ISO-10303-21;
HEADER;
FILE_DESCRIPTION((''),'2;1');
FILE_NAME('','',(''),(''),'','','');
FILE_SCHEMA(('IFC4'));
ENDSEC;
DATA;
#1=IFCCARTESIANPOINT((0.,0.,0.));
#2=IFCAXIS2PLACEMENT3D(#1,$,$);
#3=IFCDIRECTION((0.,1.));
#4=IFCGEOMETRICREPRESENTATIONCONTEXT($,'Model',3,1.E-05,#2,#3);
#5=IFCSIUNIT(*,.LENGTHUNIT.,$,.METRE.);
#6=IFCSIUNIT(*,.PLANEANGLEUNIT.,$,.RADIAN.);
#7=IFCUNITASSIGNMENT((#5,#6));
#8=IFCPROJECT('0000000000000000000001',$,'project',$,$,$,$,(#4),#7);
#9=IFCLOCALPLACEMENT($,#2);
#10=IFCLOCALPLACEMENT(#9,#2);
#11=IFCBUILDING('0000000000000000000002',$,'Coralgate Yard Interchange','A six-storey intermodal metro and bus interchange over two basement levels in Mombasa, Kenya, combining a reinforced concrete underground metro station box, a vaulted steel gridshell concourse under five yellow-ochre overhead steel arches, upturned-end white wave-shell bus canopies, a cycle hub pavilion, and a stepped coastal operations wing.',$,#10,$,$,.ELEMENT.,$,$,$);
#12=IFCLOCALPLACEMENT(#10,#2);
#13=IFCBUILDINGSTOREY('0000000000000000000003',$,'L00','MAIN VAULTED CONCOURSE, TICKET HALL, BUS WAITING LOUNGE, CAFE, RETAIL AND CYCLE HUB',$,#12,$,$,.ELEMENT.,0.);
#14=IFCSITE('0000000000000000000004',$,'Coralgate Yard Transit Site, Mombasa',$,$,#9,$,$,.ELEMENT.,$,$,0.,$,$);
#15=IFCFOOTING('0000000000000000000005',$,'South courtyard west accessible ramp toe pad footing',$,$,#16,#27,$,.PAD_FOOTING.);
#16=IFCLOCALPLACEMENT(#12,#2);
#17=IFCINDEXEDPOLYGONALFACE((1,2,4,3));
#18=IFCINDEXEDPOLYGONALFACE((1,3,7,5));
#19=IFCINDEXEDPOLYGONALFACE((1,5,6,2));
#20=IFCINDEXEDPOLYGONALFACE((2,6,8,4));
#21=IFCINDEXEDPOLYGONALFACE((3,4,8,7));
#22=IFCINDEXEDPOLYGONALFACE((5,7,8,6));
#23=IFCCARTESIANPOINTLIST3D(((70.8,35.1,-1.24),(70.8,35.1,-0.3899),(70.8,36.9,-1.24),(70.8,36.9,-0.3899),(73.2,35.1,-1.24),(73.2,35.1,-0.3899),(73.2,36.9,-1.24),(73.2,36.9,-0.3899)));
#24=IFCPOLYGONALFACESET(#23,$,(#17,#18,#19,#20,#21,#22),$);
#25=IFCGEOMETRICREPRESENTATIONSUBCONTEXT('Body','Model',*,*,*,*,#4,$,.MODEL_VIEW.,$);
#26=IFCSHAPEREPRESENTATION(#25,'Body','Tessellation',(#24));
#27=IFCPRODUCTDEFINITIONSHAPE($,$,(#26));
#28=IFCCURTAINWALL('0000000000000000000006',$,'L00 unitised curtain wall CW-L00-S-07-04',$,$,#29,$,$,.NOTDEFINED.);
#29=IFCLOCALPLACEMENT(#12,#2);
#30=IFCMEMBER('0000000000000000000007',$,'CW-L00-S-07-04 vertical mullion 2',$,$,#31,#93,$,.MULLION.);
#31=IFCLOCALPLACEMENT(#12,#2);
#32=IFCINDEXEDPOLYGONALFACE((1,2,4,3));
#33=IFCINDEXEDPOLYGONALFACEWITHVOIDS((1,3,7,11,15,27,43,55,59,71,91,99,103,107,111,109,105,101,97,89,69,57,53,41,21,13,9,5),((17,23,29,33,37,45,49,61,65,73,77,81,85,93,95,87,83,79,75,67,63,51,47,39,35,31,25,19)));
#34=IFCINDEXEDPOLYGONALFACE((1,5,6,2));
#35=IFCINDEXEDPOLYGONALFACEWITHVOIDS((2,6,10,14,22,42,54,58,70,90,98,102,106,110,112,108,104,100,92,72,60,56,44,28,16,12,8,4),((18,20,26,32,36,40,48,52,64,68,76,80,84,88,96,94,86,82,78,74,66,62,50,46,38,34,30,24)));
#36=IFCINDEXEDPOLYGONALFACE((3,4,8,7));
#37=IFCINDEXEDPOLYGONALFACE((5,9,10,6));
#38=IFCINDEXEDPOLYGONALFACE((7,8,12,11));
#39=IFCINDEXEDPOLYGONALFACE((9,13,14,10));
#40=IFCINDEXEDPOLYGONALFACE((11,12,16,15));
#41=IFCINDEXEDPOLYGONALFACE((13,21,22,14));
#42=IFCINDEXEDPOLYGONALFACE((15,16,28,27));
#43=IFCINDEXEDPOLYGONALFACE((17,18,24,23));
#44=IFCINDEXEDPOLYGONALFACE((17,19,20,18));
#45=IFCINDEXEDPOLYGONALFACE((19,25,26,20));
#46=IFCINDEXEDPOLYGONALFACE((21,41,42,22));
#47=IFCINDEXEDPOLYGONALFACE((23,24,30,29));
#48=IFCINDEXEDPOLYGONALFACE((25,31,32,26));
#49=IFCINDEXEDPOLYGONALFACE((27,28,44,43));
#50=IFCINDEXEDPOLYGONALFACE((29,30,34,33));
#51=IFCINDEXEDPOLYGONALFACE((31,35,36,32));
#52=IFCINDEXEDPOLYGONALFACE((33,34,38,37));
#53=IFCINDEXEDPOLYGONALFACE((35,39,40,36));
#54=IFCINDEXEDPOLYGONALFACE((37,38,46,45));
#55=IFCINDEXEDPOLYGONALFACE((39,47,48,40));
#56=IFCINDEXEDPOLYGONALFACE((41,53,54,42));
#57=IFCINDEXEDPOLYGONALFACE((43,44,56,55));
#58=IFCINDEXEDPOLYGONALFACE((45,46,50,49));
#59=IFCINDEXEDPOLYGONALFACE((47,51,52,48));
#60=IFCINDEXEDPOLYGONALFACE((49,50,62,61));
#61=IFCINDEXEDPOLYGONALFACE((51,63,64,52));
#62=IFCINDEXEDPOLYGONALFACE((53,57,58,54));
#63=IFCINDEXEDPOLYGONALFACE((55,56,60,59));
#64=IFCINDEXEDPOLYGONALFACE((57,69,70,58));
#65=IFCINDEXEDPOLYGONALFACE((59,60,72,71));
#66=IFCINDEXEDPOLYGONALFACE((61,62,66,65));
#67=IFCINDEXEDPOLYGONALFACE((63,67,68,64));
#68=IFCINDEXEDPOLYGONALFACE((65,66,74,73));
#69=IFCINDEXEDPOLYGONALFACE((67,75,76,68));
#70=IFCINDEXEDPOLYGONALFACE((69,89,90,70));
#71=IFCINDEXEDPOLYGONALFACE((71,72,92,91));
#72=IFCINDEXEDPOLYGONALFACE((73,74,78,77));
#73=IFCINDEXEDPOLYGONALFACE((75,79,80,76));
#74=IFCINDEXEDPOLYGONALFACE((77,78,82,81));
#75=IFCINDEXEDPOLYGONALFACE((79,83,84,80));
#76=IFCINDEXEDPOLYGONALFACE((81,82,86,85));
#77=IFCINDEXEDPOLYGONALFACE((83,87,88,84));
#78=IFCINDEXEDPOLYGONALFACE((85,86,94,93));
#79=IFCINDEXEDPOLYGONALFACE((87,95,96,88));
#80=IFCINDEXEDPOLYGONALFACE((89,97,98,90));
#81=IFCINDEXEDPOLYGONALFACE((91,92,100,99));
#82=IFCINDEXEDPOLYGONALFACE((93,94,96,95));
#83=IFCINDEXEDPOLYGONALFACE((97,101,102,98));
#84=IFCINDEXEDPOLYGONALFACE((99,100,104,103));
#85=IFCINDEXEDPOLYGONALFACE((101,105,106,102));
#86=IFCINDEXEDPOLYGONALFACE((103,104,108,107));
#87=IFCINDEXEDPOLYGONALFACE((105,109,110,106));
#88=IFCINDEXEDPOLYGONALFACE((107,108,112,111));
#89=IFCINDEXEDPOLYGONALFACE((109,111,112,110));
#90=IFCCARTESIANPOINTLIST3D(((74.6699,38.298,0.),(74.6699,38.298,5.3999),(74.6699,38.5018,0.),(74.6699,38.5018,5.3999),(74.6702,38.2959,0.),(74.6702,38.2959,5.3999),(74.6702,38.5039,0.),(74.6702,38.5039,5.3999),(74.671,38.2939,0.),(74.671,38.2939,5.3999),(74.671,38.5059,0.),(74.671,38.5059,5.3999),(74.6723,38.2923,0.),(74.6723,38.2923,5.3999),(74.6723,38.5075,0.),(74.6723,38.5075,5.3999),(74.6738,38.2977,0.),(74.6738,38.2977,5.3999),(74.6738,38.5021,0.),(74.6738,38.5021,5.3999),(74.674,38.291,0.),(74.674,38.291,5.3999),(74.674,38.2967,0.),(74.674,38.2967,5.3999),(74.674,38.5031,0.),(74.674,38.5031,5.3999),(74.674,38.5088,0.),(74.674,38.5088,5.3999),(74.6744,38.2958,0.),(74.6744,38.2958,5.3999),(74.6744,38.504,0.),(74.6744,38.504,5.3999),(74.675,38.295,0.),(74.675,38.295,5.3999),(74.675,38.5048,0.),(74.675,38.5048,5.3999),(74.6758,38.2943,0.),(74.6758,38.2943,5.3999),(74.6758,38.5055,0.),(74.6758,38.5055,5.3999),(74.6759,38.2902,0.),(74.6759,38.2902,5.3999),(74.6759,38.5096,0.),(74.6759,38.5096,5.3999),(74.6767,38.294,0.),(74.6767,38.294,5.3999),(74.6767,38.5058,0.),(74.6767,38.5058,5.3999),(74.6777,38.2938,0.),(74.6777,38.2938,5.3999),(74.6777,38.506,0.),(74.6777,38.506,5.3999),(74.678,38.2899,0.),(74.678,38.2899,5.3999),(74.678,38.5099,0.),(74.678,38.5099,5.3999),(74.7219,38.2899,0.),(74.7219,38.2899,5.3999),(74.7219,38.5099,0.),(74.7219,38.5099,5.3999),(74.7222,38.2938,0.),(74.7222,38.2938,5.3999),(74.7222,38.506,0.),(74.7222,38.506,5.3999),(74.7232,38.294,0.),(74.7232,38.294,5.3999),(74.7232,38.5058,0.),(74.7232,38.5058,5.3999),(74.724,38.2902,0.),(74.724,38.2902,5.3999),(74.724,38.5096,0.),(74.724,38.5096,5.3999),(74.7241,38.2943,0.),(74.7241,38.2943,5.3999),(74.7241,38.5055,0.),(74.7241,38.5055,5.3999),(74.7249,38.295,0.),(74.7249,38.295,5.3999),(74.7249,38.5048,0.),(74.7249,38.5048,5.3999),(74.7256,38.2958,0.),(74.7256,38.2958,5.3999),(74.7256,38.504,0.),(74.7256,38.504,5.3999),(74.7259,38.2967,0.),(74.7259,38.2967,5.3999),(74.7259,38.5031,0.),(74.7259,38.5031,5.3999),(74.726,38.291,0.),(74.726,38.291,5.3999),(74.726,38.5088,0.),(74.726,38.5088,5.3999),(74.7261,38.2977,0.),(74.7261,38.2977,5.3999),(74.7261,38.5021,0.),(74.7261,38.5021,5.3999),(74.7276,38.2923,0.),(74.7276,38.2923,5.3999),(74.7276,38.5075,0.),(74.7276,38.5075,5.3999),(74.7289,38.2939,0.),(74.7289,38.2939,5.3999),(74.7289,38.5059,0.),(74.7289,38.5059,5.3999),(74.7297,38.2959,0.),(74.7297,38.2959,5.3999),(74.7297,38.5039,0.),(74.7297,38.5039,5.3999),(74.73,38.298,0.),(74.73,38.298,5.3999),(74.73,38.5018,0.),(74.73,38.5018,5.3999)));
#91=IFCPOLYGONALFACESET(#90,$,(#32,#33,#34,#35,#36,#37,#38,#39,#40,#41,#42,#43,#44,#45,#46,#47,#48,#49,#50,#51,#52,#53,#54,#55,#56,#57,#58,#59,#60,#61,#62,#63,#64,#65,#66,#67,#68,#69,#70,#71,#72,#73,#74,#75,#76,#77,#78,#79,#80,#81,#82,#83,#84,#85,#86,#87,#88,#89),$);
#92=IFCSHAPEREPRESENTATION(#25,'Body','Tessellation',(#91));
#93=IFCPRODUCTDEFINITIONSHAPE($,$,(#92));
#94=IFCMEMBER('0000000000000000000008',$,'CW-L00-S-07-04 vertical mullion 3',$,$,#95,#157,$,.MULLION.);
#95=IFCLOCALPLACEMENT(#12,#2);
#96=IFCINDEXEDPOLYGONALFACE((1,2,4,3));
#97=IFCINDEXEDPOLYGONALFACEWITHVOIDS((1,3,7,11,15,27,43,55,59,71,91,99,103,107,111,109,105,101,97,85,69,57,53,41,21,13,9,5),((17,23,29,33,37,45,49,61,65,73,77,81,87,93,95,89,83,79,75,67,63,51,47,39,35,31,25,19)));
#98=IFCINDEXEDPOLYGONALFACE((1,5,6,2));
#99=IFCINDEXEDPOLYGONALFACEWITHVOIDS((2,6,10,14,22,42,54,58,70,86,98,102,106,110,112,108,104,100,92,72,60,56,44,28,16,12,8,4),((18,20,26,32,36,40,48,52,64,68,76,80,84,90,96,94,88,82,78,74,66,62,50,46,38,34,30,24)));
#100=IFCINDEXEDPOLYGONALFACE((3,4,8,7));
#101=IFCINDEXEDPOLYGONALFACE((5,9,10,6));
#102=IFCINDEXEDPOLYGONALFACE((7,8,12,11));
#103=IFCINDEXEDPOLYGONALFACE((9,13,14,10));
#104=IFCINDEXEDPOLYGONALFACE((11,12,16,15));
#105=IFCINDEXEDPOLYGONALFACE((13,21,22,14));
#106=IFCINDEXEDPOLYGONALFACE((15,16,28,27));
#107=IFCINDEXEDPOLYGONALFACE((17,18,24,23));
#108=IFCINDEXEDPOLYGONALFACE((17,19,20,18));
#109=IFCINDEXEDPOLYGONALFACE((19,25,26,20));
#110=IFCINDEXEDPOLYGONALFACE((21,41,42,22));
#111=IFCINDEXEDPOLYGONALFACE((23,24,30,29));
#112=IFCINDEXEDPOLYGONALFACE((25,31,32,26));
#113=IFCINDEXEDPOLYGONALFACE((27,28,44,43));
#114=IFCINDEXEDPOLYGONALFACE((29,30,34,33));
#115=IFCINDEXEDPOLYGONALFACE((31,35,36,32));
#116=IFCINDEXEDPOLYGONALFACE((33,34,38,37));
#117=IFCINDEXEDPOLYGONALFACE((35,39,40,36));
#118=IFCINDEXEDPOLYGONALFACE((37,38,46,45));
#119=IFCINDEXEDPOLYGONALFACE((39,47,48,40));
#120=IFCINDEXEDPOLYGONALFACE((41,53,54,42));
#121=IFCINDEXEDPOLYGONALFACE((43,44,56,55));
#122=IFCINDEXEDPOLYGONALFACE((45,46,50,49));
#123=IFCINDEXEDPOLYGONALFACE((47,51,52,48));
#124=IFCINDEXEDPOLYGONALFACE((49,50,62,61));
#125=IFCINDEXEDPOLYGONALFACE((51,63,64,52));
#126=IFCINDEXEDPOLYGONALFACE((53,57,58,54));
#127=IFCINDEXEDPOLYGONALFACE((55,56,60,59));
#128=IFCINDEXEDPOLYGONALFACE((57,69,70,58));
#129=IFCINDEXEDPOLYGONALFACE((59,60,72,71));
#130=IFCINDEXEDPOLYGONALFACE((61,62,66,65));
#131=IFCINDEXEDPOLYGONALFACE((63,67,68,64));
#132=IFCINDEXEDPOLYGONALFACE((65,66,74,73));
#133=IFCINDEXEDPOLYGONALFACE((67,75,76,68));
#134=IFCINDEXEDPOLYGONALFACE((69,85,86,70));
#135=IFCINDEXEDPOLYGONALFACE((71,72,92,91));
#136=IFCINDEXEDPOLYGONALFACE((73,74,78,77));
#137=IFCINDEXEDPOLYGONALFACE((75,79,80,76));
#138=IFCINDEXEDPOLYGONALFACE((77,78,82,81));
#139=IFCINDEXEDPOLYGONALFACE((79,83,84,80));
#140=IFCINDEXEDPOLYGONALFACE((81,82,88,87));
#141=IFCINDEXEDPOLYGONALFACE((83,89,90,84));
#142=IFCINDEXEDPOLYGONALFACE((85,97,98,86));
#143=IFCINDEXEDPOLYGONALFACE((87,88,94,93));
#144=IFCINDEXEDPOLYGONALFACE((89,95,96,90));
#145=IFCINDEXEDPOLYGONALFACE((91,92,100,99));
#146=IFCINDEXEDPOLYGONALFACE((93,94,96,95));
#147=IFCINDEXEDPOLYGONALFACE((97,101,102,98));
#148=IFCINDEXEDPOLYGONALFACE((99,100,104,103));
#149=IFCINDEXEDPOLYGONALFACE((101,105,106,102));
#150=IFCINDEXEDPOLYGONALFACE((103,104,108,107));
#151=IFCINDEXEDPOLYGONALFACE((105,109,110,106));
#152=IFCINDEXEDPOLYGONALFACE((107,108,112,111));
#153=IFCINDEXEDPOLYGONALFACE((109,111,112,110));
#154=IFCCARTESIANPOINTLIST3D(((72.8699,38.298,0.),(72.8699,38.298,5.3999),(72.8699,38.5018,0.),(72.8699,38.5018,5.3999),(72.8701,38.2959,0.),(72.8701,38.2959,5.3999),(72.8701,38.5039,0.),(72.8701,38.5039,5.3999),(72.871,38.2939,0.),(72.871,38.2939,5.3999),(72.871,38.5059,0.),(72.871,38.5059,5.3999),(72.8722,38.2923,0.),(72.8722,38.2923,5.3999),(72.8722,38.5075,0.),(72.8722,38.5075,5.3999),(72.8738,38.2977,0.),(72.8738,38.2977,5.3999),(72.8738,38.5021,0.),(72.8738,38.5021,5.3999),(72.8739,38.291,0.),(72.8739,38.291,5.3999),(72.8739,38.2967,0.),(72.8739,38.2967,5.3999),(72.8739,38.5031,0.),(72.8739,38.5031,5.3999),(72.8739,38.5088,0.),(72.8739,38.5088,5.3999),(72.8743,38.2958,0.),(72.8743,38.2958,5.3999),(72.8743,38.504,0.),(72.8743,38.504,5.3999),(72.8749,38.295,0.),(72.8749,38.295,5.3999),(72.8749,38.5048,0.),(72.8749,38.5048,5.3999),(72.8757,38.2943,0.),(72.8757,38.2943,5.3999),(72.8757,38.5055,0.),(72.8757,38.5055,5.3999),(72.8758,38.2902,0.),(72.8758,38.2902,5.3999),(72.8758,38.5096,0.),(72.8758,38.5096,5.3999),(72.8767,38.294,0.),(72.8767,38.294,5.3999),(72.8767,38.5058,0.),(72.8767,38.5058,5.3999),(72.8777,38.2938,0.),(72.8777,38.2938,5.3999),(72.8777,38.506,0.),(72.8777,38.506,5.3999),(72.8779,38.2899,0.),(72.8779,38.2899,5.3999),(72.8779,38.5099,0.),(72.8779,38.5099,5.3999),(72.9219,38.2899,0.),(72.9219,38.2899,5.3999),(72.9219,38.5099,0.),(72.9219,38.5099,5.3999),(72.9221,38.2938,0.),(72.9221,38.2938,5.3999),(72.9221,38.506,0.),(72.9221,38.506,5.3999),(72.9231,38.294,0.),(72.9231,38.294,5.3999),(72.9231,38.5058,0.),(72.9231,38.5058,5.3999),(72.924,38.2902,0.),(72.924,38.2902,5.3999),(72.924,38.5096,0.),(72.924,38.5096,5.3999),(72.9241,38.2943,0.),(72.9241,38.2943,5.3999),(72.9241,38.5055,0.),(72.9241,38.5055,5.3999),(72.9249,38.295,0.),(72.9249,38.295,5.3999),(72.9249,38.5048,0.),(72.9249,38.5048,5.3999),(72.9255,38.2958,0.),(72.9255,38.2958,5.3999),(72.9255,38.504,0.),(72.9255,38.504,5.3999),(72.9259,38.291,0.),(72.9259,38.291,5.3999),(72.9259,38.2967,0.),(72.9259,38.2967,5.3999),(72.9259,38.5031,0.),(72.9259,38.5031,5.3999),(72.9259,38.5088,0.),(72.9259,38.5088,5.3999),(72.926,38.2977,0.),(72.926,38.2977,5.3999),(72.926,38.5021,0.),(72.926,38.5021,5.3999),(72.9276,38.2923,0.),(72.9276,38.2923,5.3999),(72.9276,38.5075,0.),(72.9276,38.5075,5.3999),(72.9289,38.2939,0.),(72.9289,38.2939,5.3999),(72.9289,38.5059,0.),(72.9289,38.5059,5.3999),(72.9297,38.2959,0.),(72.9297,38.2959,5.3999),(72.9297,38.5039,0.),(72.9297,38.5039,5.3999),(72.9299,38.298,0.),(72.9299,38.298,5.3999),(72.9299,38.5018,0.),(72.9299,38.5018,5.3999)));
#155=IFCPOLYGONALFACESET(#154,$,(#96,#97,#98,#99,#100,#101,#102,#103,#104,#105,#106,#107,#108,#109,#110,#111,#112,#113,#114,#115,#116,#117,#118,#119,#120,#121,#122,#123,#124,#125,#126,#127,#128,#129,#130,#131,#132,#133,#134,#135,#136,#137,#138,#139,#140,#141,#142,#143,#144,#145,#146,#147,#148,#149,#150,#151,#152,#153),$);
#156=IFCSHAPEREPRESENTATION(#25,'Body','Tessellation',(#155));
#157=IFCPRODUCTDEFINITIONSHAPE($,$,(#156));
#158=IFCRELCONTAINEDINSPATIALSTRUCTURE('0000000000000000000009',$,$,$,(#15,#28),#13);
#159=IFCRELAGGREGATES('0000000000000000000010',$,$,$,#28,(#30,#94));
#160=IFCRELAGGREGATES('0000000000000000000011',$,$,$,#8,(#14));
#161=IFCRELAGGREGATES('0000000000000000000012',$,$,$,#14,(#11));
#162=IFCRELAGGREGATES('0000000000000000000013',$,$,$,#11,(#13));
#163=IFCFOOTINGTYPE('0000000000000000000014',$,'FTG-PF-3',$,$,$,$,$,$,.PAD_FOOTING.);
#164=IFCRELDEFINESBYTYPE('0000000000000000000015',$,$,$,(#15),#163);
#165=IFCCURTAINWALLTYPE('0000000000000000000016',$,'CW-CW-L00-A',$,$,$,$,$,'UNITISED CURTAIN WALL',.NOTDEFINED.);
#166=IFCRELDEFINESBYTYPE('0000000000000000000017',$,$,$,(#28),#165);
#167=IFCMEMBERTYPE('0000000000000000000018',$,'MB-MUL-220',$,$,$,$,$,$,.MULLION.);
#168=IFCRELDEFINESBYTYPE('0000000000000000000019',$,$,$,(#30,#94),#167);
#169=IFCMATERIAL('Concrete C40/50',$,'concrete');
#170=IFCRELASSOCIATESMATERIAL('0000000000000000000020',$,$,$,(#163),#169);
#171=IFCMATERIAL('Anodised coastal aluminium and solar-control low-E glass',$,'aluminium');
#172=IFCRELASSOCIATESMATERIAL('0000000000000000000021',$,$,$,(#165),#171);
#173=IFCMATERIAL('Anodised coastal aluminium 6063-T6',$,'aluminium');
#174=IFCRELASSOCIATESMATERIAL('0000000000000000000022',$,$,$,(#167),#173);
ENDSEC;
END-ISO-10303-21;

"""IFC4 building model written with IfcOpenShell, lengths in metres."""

from ifc_helpers import new_model, si_unit, direction, frame, origin, origin_2d, place, context, subcontext, project, spatial, rectangle, hollow_rectangle, extrude, material, material_profile, profile_set, type_object, element, aggregate, save


model = new_model("IFC4")

# Units and contexts
model_context = context("Model", 3, precision=1e-05, world=origin(), true_north=direction((0.0, 1.0)))
body_context = subcontext(model_context, "Body", "Model", "MODEL_VIEW")
ifc_project = project(units=[si_unit("LENGTHUNIT", "METRE"), si_unit("PLANEANGLEUNIT", "RADIAN")], contexts=[model_context])

# Site, building, storey
site_placement = place(None, origin())
site = spatial("IfcSite", under=ifc_project, at=site_placement, Name="Coralgate Yard Transit Site, Mombasa", CompositionType="ELEMENT", RefElevation=0.0)
building_placement = place(site_placement, origin())
building = spatial("IfcBuilding", under=site, at=building_placement, Name="Coralgate Yard Interchange", Description="A six-storey intermodal metro and bus interchange over two basement levels in Mombasa, Kenya, combining a reinforced concrete underground metro station box, a vaulted steel gridshell concourse under five yellow-ochre overhead steel arches, upturned-end white wave-shell bus canopies, a cycle hub pavilion, and a stepped coastal operations wing.", CompositionType="ELEMENT")
storey_placement = place(building_placement, origin())
storey = spatial("IfcBuildingStorey", under=building, at=storey_placement, Name="L00", Description="MAIN VAULTED CONCOURSE, TICKET HALL, BUS WAITING LOUNGE, CAFE, RETAIL AND CYCLE HUB", CompositionType="ELEMENT", Elevation=0.0)

# Footing
ifc_material_1 = material(Name="Concrete C40/50", Category="concrete")
footing_type = type_object("IfcFootingType", Name="FTG-PF-3", PredefinedType="PAD_FOOTING", material=ifc_material_1)
footing_placement = place(storey_placement, frame((72.0, 36.0, -1.24), z_axis=(0.0, 0.0, 1.0), x_axis=(1.0, 0.0, 0.0)))
element("IfcFooting", 1, at=footing_placement, inside=storey, type_object=footing_type, Name="South courtyard west accessible ramp toe pad footing", PredefinedType="PAD_FOOTING", context=body_context, shape_type="SweptSolid", body=[
    extrude(rectangle(XDim=2.3999, YDim=1.8, at=origin_2d()), origin(), (0.0, 0.0, 1.0), 0.8501),
])

# Curtain wall, members
ifc_material_2 = material(Name="Anodised coastal aluminium and solar-control low-E glass", Category="aluminium")
curtain_wall_type = type_object("IfcCurtainWallType", Name="CW-CW-L00-A", ElementType="UNITISED CURTAIN WALL", PredefinedType="NOTDEFINED", material=ifc_material_2)
curtain_wall_placement = place(storey_placement, origin())
curtain_wall = element("IfcCurtainWall", 2, at=curtain_wall_placement, inside=storey, type_object=curtain_wall_type, Name="L00 unitised curtain wall CW-L00-S-07-04", PredefinedType="NOTDEFINED")
ifc_material_3 = material(Name="Anodised coastal aluminium 6063-T6", Category="aluminium")
ifc_material_profile_1 = material_profile(ifc_material_3, hollow_rectangle(XDim=0.0601, YDim=0.22, WallThickness=0.0039, InnerFilletRadius=0.0039, OuterFilletRadius=0.0081, at=origin_2d()), Name="ALU 60x220x4")
ifc_profile_set_1 = profile_set([ifc_material_profile_1], Name="Anodised coastal aluminium 6063-T6")
member_type_1 = type_object("IfcMemberType", Name="MB-MUL-220", PredefinedType="MULLION", material=ifc_profile_set_1)
member_1_placement = place(storey_placement, frame((74.7, 38.3999, 0.0), z_axis=(0.0, 0.0, 1.0), x_axis=(1.0, 0.0, 0.0)))
member_1 = element("IfcMember", 3, at=member_1_placement, type_object=member_type_1, Name="CW-L00-S-07-04 vertical mullion 2", PredefinedType="MULLION", context=body_context, shape_type="SweptSolid", body=[
    extrude(hollow_rectangle(XDim=0.0601, YDim=0.22, WallThickness=0.0039, InnerFilletRadius=0.0039, OuterFilletRadius=0.0081, at=origin_2d()), origin(), (0.0, 0.0, 1.0), 5.3999),
])
member_2_placement = place(storey_placement, frame((72.8999, 38.3999, 0.0), z_axis=(0.0, 0.0, 1.0), x_axis=(1.0, 0.0, 0.0)))
member_2 = element("IfcMember", 4, at=member_2_placement, type_object=member_type_1, Name="CW-L00-S-07-04 vertical mullion 3", PredefinedType="MULLION", context=body_context, shape_type="SweptSolid", body=[
    extrude(hollow_rectangle(XDim=0.0601, YDim=0.22, WallThickness=0.0039, InnerFilletRadius=0.0039, OuterFilletRadius=0.0081, at=origin_2d()), origin(), (0.0, 0.0, 1.0), 5.3999),
])
aggregate(curtain_wall, [member_1, member_2])

save(model, "model.ifc")
